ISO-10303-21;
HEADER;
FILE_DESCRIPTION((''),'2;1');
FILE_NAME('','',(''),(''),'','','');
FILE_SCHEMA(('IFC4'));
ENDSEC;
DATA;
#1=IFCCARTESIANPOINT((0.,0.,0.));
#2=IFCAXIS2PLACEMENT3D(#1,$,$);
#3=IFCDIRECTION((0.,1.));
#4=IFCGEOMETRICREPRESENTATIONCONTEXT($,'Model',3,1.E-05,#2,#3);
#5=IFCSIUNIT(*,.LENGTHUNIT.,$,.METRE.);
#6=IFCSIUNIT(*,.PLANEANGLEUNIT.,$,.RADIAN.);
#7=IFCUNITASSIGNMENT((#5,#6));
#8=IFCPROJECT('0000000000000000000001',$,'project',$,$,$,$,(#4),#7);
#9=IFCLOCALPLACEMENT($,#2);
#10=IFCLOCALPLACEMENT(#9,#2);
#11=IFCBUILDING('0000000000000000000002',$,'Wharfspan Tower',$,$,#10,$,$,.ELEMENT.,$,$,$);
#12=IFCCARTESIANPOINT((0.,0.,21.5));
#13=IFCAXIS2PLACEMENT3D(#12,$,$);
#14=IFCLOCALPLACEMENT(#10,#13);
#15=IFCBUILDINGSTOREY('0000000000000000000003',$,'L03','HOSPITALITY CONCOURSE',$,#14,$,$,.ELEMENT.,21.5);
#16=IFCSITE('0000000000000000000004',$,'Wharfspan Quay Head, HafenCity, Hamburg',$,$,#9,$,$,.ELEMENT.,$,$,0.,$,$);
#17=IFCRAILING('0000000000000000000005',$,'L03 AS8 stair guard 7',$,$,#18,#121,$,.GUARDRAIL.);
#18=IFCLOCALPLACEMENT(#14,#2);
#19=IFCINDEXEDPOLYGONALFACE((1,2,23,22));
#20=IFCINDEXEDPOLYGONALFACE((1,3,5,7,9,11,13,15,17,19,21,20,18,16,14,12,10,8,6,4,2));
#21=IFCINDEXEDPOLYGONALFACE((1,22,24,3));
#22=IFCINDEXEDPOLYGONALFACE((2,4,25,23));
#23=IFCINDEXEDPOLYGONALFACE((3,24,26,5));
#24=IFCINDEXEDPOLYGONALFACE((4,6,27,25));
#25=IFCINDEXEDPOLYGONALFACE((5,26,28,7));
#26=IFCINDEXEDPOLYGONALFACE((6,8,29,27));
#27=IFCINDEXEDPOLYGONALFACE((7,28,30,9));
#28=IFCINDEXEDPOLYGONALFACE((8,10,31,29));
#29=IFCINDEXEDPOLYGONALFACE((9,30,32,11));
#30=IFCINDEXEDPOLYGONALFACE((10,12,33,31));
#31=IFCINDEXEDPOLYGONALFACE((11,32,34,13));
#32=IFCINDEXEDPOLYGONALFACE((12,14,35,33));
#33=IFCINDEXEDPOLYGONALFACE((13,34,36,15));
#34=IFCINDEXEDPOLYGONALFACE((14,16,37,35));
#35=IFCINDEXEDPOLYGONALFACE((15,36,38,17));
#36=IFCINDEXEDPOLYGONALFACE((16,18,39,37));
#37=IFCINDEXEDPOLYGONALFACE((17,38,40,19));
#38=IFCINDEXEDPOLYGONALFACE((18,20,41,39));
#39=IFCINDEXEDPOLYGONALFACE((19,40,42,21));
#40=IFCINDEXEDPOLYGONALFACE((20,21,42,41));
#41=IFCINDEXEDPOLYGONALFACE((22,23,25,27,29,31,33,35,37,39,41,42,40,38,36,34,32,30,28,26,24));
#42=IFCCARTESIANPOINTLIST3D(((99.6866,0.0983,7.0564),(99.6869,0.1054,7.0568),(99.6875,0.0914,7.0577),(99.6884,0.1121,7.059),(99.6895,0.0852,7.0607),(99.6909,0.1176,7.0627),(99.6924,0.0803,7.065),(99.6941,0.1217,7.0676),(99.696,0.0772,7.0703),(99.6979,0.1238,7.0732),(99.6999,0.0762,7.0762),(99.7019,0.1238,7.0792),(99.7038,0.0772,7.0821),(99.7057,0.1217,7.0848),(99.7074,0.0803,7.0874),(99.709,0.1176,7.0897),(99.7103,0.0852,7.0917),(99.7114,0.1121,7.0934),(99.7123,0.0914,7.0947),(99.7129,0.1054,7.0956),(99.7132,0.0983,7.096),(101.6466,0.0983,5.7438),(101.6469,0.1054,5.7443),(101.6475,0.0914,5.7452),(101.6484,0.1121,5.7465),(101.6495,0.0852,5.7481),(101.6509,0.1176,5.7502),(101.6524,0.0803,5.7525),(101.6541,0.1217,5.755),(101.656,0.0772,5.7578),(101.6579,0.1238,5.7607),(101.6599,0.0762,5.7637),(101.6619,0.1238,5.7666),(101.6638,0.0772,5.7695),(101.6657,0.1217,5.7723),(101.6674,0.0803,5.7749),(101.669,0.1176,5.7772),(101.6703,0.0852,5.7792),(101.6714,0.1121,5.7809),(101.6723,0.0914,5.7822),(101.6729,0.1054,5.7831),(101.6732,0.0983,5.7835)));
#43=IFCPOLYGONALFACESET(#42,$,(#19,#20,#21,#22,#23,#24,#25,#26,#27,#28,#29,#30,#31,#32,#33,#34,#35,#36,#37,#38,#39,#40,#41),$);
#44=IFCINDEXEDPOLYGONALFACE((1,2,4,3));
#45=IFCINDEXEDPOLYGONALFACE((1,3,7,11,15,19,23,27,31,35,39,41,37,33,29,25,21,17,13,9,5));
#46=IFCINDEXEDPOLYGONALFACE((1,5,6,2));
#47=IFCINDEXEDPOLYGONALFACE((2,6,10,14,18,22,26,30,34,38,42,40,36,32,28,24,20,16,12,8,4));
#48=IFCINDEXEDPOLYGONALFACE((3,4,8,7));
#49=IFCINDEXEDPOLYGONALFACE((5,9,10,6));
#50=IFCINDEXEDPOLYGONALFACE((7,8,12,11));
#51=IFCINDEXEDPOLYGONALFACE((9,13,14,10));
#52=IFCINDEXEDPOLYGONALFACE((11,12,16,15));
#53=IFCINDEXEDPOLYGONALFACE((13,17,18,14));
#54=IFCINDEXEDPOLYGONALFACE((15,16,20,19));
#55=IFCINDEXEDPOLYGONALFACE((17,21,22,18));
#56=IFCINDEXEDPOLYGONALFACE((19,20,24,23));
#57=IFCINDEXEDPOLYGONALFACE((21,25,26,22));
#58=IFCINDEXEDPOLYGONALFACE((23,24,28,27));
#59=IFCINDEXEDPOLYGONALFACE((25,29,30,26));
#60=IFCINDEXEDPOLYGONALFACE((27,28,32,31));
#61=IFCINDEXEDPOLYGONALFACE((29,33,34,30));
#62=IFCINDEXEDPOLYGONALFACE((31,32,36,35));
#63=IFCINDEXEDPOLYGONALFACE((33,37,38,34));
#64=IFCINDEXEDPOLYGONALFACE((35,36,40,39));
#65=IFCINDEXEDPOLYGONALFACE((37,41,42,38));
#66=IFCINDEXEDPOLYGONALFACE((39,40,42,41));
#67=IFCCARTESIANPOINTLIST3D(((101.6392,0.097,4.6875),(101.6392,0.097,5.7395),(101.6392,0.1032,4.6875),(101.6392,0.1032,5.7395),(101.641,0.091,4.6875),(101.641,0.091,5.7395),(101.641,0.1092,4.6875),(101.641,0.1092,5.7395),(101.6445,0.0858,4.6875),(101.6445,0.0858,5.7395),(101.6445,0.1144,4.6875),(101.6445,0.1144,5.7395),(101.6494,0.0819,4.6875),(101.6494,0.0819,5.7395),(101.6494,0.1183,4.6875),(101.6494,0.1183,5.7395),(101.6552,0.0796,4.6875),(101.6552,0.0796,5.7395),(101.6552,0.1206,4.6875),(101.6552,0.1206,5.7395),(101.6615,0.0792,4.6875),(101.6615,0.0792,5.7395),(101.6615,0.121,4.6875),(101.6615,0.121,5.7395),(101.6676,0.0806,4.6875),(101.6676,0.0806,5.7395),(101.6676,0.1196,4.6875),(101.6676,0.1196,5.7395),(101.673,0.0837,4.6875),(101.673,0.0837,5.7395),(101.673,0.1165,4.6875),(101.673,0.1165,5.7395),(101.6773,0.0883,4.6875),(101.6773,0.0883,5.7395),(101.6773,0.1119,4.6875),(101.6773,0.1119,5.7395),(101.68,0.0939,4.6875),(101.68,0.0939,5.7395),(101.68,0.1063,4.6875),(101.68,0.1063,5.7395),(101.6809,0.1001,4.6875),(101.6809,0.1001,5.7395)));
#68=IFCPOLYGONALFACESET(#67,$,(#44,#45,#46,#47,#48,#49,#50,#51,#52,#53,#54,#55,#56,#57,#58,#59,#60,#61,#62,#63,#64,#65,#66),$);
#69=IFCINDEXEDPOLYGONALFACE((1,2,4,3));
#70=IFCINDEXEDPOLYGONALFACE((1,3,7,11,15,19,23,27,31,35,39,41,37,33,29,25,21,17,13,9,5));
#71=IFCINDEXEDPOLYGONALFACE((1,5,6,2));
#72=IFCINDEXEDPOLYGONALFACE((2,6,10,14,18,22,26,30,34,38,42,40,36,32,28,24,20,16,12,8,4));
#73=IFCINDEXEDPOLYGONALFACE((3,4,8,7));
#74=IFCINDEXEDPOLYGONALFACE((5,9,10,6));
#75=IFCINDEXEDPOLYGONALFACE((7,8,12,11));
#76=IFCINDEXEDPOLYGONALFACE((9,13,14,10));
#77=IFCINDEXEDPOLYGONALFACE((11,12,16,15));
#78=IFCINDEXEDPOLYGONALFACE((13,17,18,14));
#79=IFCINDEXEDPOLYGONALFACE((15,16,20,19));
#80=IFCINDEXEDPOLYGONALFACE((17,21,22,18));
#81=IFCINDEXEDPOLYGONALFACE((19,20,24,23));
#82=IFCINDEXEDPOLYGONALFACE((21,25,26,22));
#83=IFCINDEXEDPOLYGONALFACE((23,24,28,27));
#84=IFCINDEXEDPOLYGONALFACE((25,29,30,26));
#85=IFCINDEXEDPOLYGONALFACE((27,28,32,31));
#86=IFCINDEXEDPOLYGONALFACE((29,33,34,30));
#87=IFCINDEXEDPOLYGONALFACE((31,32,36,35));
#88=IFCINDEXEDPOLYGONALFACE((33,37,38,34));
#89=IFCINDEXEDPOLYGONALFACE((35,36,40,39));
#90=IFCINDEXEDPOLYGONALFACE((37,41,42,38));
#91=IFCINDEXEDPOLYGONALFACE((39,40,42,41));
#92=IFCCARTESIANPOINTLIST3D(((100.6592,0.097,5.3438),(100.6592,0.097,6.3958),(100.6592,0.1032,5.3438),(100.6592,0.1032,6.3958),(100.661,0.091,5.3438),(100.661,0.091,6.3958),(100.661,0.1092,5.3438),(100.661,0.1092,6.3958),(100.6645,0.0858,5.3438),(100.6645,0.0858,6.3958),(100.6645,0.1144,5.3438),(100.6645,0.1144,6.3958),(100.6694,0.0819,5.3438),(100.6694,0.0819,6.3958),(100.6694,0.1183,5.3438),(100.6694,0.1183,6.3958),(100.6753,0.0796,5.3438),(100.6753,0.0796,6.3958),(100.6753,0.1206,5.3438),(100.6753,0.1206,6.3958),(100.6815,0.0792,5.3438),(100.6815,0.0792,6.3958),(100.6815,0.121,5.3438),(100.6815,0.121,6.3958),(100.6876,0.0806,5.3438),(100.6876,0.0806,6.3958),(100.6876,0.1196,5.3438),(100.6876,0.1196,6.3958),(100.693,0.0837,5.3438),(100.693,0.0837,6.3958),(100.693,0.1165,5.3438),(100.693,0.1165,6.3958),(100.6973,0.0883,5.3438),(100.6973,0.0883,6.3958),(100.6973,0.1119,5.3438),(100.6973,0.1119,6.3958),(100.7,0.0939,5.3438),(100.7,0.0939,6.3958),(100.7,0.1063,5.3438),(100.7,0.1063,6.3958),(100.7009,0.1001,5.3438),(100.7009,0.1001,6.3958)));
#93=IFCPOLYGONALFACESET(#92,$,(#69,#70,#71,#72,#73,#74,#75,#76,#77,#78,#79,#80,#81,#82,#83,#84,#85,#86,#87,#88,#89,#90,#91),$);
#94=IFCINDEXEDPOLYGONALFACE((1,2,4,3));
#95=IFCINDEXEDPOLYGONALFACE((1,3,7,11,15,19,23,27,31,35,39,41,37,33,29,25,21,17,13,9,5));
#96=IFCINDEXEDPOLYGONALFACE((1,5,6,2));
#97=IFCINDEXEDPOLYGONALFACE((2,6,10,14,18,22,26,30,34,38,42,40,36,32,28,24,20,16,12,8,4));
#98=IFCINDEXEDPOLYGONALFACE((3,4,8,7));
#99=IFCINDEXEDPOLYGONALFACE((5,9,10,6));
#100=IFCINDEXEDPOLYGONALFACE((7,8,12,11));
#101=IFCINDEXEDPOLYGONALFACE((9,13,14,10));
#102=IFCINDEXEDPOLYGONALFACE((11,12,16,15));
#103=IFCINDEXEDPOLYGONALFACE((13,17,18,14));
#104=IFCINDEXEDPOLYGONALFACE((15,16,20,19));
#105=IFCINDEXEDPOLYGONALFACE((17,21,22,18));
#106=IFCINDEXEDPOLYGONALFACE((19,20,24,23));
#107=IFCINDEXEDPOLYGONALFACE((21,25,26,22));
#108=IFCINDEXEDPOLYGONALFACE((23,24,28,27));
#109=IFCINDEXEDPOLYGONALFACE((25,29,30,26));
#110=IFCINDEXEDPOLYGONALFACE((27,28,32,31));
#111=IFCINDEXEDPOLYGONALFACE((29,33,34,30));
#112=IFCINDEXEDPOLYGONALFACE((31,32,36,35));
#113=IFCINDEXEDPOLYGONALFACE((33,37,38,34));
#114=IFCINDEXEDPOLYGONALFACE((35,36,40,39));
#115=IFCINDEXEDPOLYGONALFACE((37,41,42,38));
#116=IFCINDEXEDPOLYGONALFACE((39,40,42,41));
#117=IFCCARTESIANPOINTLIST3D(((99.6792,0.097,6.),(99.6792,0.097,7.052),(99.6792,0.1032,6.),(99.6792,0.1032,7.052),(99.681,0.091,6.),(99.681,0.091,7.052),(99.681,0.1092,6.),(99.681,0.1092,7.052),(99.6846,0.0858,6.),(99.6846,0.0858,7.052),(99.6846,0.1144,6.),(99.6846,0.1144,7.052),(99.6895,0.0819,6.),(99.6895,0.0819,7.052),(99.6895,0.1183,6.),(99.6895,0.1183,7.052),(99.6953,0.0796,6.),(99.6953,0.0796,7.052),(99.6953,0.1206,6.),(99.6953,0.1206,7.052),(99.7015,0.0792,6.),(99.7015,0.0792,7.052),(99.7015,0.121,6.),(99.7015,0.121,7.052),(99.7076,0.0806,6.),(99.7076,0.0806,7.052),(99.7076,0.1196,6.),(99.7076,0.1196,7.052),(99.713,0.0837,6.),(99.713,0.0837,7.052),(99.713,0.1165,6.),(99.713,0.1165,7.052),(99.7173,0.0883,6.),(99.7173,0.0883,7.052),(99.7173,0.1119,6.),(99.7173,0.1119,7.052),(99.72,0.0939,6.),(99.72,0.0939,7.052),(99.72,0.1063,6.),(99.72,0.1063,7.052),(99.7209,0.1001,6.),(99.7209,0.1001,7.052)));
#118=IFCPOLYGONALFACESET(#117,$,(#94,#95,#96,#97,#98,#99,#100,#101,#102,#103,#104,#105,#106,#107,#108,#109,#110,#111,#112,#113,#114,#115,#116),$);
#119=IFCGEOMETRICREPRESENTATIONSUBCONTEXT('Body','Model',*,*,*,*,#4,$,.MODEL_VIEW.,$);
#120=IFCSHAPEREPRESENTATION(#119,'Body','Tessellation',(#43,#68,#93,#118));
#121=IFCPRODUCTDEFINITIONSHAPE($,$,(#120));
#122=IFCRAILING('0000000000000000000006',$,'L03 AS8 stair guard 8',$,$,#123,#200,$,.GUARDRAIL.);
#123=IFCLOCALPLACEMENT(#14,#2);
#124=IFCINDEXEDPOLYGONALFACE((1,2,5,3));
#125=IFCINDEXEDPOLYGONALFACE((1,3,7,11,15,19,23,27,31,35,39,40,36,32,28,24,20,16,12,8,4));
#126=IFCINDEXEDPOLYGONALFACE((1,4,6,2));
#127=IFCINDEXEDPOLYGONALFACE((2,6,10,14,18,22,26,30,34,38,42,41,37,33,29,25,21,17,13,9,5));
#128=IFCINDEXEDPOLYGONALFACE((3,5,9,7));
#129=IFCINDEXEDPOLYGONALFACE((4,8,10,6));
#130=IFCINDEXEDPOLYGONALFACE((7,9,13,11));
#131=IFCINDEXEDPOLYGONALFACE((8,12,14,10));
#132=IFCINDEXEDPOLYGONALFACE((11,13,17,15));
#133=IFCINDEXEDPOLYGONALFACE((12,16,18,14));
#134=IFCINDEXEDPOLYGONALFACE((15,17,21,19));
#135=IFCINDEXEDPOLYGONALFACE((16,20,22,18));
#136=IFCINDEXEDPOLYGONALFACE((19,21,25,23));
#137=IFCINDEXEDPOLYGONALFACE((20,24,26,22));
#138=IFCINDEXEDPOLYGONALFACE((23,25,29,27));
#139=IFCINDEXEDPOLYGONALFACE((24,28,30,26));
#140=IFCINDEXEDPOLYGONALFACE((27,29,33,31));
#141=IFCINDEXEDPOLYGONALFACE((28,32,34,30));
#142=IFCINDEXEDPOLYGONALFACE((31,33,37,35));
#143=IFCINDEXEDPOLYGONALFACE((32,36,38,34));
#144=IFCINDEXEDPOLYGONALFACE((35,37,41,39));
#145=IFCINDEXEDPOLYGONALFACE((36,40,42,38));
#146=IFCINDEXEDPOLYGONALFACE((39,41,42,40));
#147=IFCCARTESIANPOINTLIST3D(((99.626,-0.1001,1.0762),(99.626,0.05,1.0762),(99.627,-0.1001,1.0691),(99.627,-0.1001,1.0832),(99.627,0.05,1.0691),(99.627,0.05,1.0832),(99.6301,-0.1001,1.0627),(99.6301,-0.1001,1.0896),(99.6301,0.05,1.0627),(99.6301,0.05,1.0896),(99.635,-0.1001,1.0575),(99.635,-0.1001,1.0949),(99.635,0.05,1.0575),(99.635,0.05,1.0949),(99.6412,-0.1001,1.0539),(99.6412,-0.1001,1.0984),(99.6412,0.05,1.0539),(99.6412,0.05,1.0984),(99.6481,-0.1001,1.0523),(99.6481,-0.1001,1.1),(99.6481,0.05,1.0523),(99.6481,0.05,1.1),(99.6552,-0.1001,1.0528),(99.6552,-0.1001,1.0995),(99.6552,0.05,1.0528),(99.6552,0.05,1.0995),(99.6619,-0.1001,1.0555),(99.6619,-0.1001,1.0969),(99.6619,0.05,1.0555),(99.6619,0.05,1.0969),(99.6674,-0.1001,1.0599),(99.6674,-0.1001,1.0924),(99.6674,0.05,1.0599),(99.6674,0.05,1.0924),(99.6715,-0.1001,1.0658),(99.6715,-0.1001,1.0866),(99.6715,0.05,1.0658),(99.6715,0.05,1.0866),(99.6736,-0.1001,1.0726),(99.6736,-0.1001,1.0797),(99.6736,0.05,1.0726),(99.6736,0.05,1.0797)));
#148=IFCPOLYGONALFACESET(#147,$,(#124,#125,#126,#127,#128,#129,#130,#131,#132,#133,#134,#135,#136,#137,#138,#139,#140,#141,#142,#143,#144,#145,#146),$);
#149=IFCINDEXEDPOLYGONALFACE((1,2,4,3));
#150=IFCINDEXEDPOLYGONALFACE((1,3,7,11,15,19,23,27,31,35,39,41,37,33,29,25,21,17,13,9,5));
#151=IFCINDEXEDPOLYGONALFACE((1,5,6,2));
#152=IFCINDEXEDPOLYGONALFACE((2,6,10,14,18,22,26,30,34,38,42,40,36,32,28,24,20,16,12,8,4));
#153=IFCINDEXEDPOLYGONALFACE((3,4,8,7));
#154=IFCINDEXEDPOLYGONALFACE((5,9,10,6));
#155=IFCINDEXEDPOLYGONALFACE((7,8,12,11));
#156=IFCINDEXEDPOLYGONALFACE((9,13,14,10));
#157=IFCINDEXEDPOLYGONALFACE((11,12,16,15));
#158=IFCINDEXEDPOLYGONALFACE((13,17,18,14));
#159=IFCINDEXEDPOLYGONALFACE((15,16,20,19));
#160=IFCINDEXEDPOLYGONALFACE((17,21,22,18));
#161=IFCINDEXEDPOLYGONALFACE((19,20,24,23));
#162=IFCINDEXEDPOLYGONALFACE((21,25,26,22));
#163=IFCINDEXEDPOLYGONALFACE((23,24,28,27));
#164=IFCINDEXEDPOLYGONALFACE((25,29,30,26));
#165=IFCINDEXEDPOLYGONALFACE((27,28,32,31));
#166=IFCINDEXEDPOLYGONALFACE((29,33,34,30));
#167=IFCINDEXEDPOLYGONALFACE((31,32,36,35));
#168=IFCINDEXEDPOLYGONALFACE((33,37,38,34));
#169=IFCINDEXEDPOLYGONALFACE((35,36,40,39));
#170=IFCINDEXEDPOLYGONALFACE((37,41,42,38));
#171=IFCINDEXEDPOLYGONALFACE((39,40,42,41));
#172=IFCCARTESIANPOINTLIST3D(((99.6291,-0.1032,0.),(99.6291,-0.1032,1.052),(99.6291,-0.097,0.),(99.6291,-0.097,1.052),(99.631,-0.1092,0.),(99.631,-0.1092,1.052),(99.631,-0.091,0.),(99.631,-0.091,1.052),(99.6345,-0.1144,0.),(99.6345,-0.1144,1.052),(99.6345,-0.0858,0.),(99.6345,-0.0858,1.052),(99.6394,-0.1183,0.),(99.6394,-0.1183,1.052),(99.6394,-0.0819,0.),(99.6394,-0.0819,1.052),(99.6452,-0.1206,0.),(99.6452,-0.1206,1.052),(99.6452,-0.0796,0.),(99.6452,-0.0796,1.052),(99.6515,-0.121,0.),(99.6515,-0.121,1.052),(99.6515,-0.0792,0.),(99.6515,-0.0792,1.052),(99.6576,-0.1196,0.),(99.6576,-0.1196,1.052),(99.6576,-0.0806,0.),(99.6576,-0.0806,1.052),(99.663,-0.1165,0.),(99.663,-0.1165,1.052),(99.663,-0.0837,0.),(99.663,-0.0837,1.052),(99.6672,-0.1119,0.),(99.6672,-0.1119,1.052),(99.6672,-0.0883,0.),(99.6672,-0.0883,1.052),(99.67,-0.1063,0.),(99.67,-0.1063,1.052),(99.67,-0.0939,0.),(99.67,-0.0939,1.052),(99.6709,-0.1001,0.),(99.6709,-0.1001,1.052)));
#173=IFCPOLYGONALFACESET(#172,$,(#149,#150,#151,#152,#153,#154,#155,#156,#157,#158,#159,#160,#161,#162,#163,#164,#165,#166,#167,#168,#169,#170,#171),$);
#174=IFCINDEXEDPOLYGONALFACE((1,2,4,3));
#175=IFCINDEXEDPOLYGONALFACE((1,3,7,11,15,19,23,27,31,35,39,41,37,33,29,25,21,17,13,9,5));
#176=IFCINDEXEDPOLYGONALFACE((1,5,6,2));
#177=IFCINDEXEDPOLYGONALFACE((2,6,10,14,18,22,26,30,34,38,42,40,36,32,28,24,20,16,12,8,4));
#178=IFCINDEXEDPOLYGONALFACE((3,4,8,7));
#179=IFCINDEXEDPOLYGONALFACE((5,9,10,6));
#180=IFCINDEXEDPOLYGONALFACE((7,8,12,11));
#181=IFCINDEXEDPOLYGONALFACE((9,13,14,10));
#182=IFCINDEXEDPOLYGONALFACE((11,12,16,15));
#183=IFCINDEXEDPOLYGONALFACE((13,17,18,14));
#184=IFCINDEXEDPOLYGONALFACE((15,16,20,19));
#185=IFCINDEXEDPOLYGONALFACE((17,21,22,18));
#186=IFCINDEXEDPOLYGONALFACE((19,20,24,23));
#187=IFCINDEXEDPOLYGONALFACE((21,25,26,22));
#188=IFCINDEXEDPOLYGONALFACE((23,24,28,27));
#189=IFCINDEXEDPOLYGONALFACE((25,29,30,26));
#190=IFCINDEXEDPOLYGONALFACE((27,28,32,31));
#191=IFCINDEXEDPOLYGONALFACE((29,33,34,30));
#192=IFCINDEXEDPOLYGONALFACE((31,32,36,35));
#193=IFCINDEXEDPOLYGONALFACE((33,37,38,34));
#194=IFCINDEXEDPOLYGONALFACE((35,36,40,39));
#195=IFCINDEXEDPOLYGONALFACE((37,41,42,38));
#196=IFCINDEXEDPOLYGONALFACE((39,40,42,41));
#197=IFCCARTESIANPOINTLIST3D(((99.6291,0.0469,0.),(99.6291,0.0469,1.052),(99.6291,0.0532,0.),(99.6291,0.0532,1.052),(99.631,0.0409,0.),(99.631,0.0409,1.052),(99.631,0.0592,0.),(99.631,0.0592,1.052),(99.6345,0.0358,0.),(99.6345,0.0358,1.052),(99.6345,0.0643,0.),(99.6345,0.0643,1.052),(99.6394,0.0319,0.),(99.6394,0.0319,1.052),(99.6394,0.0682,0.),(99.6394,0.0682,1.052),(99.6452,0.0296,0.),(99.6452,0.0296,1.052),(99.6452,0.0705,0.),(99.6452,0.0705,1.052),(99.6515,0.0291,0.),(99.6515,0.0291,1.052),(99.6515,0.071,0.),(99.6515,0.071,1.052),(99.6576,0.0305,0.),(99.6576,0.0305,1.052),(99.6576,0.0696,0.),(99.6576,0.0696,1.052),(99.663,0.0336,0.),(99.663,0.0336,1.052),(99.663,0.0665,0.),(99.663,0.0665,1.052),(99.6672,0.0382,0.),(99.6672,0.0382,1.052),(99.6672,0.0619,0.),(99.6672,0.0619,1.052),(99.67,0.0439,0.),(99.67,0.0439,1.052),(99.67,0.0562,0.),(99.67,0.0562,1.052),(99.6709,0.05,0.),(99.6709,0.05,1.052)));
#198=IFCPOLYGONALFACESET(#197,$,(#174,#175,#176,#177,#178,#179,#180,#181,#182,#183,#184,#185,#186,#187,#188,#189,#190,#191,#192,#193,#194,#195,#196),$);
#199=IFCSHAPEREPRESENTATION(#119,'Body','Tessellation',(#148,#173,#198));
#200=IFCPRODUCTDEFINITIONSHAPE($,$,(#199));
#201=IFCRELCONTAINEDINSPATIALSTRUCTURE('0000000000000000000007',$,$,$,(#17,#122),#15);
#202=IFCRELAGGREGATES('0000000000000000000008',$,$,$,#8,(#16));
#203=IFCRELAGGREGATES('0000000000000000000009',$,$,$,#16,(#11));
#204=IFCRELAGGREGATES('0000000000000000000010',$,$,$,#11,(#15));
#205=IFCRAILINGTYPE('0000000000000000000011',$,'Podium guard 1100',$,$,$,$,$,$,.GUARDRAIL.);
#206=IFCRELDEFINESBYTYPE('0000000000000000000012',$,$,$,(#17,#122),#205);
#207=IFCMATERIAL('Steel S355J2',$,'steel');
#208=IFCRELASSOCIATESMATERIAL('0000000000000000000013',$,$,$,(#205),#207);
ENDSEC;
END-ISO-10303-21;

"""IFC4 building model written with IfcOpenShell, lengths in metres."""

from ifc_helpers import new_model, si_unit, direction, frame, origin, origin_2d, place, context, subcontext, project, spatial, circle, extrude, material, type_object, element, save


model = new_model("IFC4")

# Units and contexts
model_context = context("Model", 3, precision=1e-05, world=origin(), true_north=direction((0.0, 1.0)))
body_context = subcontext(model_context, "Body", "Model", "MODEL_VIEW")
ifc_project = project(units=[si_unit("LENGTHUNIT", "METRE"), si_unit("PLANEANGLEUNIT", "RADIAN")], contexts=[model_context])

# Site, building, storey
site_placement = place(None, origin())
site = spatial("IfcSite", under=ifc_project, at=site_placement, Name="Wharfspan Quay Head, HafenCity, Hamburg", CompositionType="ELEMENT", RefElevation=0.0)
building_placement = place(site_placement, origin())
building = spatial("IfcBuilding", under=site, at=building_placement, Name="Wharfspan Tower", CompositionType="ELEMENT")
storey_placement = place(building_placement, frame((0.0, 0.0, 21.5)))
storey = spatial("IfcBuildingStorey", under=building, at=storey_placement, Name="L03", Description="HOSPITALITY CONCOURSE", CompositionType="ELEMENT", Elevation=21.5)

# Railings
ifc_material_1 = material(Name="Steel S355J2", Category="steel")
railing_type_1 = type_object("IfcRailingType", Name="Podium guard 1100", PredefinedType="GUARDRAIL", material=ifc_material_1)
railing_1_placement = place(storey_placement, frame((101.6599, 0.1001, 4.6875)))
element("IfcRailing", 1, at=railing_1_placement, inside=storey, type_object=railing_type_1, Name="L03 AS8 stair guard 7", PredefinedType="GUARDRAIL", context=body_context, shape_type="SweptSolid", body=[
    extrude(circle(Radius=0.0239, at=origin_2d()), frame((0.0, 0.0, 1.0762), z_axis=(-0.830902, 0.0, 0.556419), x_axis=(0.0, -1.0, 0.0)), (0.0, 0.0, 1.0), 2.3589),
    extrude(circle(Radius=0.021, at=origin_2d()), origin(), (0.0, 0.0, 1.0), 1.052),
    extrude(circle(Radius=0.021, at=origin_2d()), frame((-0.98, 0.0, 0.6562)), (0.0, 0.0, 1.0), 1.052),
    extrude(circle(Radius=0.021, at=origin_2d()), frame((-1.96, 0.0, 1.3125)), (0.0, 0.0, 1.0), 1.052),
])
railing_2_placement = place(storey_placement, frame((99.6499, -0.1001, 0.0)))
element("IfcRailing", 2, at=railing_2_placement, inside=storey, type_object=railing_type_1, Name="L03 AS8 stair guard 8", PredefinedType="GUARDRAIL", context=body_context, shape_type="SweptSolid", body=[
    extrude(circle(Radius=0.0239, at=origin_2d()), frame((0.0, 0.0, 1.0762), z_axis=(0.0, 1.0, 0.0), x_axis=(-1.0, 0.0, 0.0)), (0.0, 0.0, 1.0), 0.1501),
    extrude(circle(Radius=0.021, at=origin_2d()), origin(), (0.0, 0.0, 1.0), 1.052),
    extrude(circle(Radius=0.021, at=origin_2d()), frame((0.0, 0.1501, 0.0)), (0.0, 0.0, 1.0), 1.052),
])

save(model, "model.ifc")
